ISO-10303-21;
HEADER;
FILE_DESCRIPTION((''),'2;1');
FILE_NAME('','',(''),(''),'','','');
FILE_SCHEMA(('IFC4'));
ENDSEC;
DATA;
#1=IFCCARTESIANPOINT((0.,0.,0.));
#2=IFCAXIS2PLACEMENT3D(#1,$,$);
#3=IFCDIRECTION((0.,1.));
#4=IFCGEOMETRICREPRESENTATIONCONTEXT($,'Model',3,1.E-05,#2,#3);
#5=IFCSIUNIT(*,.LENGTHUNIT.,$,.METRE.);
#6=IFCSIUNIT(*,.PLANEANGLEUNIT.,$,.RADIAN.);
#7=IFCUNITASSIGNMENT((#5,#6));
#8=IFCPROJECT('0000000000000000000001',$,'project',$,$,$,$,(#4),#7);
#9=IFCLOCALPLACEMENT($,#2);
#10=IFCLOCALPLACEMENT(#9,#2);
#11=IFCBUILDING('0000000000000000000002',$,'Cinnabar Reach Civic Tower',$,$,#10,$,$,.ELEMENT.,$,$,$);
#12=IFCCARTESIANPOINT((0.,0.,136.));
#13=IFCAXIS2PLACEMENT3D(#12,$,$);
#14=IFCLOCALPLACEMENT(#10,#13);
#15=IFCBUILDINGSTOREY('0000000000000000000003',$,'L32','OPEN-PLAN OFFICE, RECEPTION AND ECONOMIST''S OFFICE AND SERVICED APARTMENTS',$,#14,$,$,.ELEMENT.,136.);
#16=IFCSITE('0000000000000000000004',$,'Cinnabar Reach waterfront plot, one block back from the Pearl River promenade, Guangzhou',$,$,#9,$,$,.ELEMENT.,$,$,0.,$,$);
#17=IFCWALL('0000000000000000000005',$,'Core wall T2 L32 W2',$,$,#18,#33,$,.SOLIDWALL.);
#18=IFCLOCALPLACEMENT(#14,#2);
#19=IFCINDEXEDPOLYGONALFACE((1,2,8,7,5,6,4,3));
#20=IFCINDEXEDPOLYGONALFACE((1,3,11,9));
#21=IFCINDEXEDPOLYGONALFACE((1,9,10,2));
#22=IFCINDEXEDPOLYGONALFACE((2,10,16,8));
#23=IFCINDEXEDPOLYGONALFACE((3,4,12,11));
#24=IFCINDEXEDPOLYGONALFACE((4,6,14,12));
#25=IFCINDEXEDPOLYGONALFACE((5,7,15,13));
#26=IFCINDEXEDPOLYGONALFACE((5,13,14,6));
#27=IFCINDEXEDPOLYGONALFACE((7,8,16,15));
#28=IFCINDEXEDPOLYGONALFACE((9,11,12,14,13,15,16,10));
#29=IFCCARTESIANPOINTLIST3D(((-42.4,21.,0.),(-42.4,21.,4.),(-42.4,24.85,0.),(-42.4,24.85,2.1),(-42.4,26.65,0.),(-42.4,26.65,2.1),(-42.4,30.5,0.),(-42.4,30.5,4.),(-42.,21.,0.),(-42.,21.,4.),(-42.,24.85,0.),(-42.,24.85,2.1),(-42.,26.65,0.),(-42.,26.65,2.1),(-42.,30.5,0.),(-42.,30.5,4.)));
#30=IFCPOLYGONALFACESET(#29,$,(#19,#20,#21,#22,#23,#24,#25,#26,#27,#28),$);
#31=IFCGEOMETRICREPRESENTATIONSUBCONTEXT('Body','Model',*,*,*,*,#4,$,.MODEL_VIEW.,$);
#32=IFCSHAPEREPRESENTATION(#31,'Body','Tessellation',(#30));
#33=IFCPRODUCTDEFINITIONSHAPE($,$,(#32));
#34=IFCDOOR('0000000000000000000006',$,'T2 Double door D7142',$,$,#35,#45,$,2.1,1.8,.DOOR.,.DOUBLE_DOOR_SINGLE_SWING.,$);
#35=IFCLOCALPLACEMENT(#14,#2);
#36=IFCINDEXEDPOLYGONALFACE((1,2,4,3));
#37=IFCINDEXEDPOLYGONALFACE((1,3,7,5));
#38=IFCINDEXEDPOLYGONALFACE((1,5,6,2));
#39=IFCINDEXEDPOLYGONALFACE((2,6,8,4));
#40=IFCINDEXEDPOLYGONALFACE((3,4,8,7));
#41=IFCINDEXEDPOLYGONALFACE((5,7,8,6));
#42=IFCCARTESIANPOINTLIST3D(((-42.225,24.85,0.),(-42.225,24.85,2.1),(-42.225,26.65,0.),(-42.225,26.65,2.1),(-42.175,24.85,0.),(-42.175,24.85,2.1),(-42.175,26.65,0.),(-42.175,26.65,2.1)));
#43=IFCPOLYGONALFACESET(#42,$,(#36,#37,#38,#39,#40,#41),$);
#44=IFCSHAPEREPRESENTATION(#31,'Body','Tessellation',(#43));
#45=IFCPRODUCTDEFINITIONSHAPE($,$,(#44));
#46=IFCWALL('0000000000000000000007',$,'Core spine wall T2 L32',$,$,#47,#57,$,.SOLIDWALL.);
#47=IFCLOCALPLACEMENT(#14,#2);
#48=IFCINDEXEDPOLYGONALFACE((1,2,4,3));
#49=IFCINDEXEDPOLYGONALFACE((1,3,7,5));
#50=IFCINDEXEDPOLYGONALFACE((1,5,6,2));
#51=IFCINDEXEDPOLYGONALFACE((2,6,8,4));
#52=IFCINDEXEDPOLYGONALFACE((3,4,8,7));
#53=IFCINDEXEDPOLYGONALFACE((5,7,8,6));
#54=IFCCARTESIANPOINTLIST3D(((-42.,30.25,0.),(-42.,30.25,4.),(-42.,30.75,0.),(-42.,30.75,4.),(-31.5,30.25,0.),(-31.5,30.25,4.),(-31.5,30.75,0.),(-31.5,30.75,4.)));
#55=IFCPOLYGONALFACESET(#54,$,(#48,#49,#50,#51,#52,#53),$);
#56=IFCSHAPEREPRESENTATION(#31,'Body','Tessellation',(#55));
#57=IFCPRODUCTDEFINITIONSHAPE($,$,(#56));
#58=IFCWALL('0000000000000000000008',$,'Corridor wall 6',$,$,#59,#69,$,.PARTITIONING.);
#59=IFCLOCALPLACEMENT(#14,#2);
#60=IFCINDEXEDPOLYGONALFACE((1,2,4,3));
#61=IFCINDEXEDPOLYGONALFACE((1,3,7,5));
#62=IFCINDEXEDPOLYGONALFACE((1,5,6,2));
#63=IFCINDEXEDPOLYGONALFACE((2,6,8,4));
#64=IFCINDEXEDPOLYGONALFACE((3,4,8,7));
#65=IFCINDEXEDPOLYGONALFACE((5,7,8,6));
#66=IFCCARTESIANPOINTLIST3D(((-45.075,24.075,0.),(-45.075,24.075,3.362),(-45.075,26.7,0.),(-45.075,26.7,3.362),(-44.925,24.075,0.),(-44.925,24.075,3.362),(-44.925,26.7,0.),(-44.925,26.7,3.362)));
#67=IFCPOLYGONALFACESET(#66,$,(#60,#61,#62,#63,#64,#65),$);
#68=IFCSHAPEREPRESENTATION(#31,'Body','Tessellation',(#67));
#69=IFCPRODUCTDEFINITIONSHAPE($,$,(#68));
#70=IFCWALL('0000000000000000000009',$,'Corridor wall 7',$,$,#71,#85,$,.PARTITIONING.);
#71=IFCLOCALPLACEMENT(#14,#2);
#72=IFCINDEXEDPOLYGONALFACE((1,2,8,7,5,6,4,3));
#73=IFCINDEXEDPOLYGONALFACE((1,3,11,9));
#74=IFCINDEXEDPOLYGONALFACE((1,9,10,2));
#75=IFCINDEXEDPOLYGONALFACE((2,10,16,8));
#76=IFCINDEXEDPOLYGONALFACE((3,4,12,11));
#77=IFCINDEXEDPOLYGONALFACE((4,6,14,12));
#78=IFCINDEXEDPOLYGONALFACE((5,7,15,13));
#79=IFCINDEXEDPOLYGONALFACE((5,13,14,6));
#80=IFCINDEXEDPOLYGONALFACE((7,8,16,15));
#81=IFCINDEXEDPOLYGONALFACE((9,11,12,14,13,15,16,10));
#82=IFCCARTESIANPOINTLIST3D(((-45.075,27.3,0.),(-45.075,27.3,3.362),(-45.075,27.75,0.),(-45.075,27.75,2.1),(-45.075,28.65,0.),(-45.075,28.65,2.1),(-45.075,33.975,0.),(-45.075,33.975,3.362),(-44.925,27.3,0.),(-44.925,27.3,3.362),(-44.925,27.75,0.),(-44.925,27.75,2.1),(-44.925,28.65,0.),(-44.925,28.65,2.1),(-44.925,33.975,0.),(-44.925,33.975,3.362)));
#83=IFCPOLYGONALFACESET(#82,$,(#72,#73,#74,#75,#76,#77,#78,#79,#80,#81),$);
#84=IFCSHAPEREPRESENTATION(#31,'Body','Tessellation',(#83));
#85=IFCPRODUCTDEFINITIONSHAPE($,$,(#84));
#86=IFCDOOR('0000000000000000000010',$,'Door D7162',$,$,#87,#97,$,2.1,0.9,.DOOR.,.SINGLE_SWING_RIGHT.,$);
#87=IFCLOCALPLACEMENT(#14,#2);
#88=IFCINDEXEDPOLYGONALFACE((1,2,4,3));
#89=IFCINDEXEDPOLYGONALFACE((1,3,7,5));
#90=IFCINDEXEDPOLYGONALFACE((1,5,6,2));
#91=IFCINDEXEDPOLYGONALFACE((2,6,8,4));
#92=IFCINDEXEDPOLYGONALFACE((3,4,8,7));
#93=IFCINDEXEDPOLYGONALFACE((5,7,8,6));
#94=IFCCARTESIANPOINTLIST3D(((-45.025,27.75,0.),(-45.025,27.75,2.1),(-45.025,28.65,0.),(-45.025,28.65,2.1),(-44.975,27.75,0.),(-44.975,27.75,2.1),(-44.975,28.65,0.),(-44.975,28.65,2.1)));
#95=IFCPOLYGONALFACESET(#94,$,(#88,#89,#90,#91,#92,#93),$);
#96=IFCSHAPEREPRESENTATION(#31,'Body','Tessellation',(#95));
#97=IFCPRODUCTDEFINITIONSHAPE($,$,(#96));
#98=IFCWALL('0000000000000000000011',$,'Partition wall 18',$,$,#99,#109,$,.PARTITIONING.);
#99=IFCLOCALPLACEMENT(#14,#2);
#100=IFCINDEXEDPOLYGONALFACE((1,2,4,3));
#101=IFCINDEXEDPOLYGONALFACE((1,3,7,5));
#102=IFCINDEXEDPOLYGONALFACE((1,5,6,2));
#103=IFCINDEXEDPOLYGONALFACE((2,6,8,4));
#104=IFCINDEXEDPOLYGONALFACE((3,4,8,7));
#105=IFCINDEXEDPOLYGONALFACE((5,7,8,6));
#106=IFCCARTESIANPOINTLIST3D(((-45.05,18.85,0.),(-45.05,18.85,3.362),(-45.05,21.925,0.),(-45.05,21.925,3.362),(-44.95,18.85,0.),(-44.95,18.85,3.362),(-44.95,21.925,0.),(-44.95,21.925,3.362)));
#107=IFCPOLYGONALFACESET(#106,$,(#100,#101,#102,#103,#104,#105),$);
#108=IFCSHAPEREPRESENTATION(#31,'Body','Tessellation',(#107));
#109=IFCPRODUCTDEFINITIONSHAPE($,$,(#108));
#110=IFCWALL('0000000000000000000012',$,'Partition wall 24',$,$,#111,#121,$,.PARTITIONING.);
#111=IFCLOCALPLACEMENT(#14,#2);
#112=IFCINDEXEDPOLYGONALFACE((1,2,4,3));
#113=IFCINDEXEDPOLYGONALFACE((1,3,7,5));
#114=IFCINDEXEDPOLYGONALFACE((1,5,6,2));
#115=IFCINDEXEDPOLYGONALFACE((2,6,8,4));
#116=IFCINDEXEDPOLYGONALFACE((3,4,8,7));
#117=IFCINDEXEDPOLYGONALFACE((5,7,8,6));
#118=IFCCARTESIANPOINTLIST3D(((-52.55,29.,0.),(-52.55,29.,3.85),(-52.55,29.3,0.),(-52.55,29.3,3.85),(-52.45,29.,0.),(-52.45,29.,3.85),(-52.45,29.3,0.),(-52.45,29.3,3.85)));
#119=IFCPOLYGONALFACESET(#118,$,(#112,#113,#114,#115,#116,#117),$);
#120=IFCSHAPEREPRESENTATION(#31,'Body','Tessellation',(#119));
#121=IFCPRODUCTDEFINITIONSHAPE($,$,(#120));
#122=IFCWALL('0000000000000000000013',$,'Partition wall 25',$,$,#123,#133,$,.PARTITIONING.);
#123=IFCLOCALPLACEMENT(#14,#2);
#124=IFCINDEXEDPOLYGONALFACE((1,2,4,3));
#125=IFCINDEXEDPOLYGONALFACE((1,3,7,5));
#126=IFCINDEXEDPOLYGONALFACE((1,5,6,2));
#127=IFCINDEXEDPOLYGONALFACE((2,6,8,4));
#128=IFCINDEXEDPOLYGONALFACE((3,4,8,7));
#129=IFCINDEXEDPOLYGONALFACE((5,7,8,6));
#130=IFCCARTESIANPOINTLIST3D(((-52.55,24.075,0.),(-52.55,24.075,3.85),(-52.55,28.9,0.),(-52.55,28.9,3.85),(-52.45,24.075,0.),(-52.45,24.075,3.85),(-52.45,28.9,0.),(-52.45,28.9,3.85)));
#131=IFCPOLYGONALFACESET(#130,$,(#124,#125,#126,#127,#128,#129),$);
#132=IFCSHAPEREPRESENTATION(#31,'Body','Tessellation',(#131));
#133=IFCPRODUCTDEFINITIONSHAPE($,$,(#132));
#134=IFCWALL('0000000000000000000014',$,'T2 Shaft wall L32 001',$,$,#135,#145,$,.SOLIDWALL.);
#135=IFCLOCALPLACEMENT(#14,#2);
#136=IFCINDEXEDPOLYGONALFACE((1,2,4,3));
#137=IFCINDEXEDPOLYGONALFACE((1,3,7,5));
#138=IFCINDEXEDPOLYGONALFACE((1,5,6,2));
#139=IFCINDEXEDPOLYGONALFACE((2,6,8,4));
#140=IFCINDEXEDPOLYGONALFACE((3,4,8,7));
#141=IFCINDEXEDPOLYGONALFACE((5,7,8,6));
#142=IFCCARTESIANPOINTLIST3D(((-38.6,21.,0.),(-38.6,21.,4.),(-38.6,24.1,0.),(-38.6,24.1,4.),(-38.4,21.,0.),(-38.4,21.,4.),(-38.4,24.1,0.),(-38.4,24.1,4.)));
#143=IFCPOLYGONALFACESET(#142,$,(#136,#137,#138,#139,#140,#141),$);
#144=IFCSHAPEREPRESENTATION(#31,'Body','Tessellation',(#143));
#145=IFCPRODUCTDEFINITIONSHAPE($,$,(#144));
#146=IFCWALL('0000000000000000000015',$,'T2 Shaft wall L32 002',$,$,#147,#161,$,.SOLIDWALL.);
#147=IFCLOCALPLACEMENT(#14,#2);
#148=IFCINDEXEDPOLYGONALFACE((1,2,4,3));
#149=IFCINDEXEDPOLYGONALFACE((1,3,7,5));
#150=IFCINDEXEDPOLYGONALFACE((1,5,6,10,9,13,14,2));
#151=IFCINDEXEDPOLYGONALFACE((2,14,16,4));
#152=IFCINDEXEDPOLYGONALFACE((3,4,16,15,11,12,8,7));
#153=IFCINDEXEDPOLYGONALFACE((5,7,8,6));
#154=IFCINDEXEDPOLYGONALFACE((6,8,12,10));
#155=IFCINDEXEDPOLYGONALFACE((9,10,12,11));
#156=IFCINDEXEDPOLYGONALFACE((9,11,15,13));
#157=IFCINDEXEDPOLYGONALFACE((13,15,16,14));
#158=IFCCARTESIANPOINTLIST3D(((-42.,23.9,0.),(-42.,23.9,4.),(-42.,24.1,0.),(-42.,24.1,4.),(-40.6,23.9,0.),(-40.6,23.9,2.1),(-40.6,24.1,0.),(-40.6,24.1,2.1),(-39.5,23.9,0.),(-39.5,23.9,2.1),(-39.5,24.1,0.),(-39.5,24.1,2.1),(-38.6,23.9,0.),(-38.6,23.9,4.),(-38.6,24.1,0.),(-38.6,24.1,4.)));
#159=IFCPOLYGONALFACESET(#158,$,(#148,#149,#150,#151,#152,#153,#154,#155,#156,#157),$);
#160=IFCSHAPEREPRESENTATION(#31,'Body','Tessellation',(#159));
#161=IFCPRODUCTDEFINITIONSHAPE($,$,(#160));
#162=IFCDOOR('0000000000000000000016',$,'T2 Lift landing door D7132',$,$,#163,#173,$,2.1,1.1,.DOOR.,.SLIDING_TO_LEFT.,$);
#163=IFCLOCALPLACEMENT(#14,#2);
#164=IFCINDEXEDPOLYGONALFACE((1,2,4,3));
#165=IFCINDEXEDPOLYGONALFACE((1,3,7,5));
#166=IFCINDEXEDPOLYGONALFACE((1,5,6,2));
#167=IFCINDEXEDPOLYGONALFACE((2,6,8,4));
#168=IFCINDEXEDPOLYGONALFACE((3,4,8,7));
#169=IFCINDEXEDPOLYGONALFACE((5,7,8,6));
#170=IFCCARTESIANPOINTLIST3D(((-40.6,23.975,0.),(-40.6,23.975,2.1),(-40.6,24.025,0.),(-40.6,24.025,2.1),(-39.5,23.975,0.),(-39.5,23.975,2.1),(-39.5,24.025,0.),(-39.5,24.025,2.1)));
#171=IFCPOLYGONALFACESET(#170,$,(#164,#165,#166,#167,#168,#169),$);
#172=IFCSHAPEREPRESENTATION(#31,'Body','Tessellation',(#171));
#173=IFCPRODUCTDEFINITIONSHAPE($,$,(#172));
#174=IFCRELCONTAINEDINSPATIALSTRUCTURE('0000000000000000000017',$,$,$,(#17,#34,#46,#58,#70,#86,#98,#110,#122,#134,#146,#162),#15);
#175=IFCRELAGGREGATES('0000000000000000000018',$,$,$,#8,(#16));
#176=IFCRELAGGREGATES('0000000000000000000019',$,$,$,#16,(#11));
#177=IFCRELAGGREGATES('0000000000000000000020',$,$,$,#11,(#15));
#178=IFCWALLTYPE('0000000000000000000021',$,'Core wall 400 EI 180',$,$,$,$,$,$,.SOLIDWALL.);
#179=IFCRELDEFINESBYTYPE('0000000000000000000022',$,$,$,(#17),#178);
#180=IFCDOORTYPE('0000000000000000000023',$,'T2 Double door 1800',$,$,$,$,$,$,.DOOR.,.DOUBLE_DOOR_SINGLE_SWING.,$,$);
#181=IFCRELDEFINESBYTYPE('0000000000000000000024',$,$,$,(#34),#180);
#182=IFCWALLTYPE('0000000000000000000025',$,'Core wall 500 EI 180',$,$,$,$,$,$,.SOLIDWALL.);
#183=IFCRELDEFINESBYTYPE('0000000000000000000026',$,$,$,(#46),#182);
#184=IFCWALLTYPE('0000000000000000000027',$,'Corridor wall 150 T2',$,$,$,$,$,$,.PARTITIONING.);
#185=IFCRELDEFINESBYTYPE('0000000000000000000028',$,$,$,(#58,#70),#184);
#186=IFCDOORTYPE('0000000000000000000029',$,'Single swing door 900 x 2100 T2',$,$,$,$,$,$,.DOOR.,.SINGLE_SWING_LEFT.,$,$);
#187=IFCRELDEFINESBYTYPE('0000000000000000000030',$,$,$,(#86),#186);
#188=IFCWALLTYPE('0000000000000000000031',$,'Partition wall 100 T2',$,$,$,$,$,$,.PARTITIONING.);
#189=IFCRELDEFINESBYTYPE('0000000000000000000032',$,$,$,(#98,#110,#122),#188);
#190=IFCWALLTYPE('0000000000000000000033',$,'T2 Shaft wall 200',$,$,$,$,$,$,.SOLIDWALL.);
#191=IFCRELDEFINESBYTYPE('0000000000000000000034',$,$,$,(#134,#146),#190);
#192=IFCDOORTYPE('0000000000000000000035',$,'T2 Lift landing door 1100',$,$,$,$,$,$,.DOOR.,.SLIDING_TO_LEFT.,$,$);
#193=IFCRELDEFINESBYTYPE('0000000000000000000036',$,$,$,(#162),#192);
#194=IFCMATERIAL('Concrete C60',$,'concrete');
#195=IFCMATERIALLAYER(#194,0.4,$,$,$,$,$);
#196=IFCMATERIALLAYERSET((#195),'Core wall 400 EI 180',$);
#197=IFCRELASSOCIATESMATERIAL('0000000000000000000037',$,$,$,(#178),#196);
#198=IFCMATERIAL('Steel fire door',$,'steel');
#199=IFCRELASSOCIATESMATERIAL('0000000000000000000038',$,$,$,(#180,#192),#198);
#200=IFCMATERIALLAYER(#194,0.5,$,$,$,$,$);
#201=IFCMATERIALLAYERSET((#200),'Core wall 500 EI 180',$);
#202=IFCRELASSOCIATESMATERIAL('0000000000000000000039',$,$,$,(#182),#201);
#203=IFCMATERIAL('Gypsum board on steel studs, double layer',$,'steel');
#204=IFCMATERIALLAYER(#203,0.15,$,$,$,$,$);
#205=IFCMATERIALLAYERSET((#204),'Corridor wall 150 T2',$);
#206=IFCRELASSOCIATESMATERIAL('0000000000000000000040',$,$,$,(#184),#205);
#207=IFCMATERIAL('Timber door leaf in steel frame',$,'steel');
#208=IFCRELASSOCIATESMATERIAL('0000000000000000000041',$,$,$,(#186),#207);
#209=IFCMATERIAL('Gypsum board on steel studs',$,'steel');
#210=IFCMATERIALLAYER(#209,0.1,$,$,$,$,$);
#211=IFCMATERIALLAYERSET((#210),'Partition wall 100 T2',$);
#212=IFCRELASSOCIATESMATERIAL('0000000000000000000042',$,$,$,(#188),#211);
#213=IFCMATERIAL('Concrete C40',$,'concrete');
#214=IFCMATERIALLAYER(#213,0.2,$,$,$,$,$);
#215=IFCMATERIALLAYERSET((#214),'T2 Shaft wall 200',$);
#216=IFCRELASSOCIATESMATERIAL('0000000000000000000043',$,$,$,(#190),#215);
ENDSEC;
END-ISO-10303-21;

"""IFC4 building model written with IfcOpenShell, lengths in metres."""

from ifc_helpers import new_model, si_unit, direction, frame, frame_2d, origin, place, context, subcontext, project, spatial, rectangle, extrude, material, layer, layer_set, type_object, element, fill, save


model = new_model("IFC4")

# Units and contexts
model_context = context("Model", 3, precision=1e-05, world=origin(), true_north=direction((0.0, 1.0)))
body_context = subcontext(model_context, "Body", "Model", "MODEL_VIEW")
ifc_project = project(units=[si_unit("LENGTHUNIT", "METRE"), si_unit("PLANEANGLEUNIT", "RADIAN")], contexts=[model_context])

# Site, building, storey
site_placement = place(None, origin())
site = spatial("IfcSite", under=ifc_project, at=site_placement, Name="Cinnabar Reach waterfront plot, one block back from the Pearl River promenade, Guangzhou", CompositionType="ELEMENT", RefElevation=0.0)
building_placement = place(site_placement, origin())
building = spatial("IfcBuilding", under=site, at=building_placement, Name="Cinnabar Reach Civic Tower", CompositionType="ELEMENT")
storey_placement = place(building_placement, frame((0.0, 0.0, 136.0)))
storey = spatial("IfcBuildingStorey", under=building, at=storey_placement, Name="L32", Description="OPEN-PLAN OFFICE, RECEPTION AND ECONOMIST'S OFFICE AND SERVICED APARTMENTS", CompositionType="ELEMENT", Elevation=136.0)

# Shared definitions
ifc_material_1 = material(Name="Concrete C60", Category="concrete")

# Shared definitions
ifc_layer_1 = layer(ifc_material_1, 0.4)
ifc_layer_set_1 = layer_set([ifc_layer_1], Name="Core wall 400 EI 180")
wall_type_1 = type_object("IfcWallType", Name="Core wall 400 EI 180", PredefinedType="SOLIDWALL", material=ifc_layer_set_1)

# Wall, opening, door
wall_1_placement = place(storey_placement, frame((-42.2, 30.5, 0.0), z_axis=(0.0, 0.0, 1.0), x_axis=(0.0, -1.0, 0.0)))
wall_1 = element("IfcWall", 1, at=wall_1_placement, inside=storey, type_object=wall_type_1, Name="Core wall T2 L32 W2", PredefinedType="SOLIDWALL", context=body_context, shape_type="SweptSolid", body=[
    extrude(rectangle(XDim=9.5, YDim=0.4, at=frame_2d((4.75, 0.0))), origin(), (0.0, 0.0, 1.0), 4.0),
])
opening_1_placement = place(wall_1_placement, frame((3.85, 0.0, 0.0)))
opening_1 = element("IfcOpeningElement", 2, at=opening_1_placement, cuts=wall_1, PredefinedType="OPENING", context=body_context, shape_type="SweptSolid", body=[
    extrude(rectangle(XDim=1.8, YDim=2.1, at=frame_2d((0.9, 1.05))), frame((0.0, 0.21, 0.0), z_axis=(0.0, -1.0, 0.0), x_axis=(1.0, 0.0, 0.0)), (0.0, 0.0, 1.0), 0.42),
])
ifc_material_2 = material(Name="Steel fire door", Category="steel")
door_type_1 = type_object("IfcDoorType", Name="T2 Double door 1800", OperationType="DOUBLE_DOOR_SINGLE_SWING", PredefinedType="DOOR", material=ifc_material_2)
door_1_placement = place(opening_1_placement, origin())
door_1 = element("IfcDoor", 3, at=door_1_placement, inside=storey, type_object=door_type_1, Name="T2 Double door D7142", OperationType="DOUBLE_DOOR_SINGLE_SWING", OverallHeight=2.1, OverallWidth=1.8, PredefinedType="DOOR", context=body_context, shape_type="SweptSolid", body=[
    extrude(rectangle(XDim=1.8, YDim=2.1, at=frame_2d((0.9, 1.05))), frame((0.0, 0.025, 0.0), z_axis=(0.0, -1.0, 0.0), x_axis=(1.0, 0.0, 0.0)), (0.0, 0.0, 1.0), 0.05),
])
fill(opening_1, door_1)

# Walls
ifc_layer_2 = layer(ifc_material_1, 0.5)
ifc_layer_set_2 = layer_set([ifc_layer_2], Name="Core wall 500 EI 180")
wall_type_2 = type_object("IfcWallType", Name="Core wall 500 EI 180", PredefinedType="SOLIDWALL", material=ifc_layer_set_2)
wall_2_placement = place(storey_placement, frame((-42.0, 30.5, 0.0), z_axis=(0.0, 0.0, 1.0), x_axis=(1.0, 0.0, 0.0)))
element("IfcWall", 4, at=wall_2_placement, inside=storey, type_object=wall_type_2, Name="Core spine wall T2 L32", PredefinedType="SOLIDWALL", context=body_context, shape_type="SweptSolid", body=[
    extrude(rectangle(XDim=10.5, YDim=0.5, at=frame_2d((5.25, 0.0))), origin(), (0.0, 0.0, 1.0), 4.0),
])
ifc_material_3 = material(Name="Gypsum board on steel studs, double layer", Category="steel")
ifc_layer_3 = layer(ifc_material_3, 0.15)
ifc_layer_set_3 = layer_set([ifc_layer_3], Name="Corridor wall 150 T2")
wall_type_3 = type_object("IfcWallType", Name="Corridor wall 150 T2", PredefinedType="PARTITIONING", material=ifc_layer_set_3)
wall_3_placement = place(storey_placement, frame((-45.0, 24.075, 0.0), z_axis=(0.0, 0.0, 1.0), x_axis=(0.0, 1.0, 0.0)))
element("IfcWall", 5, at=wall_3_placement, inside=storey, type_object=wall_type_3, Name="Corridor wall 6", PredefinedType="PARTITIONING", context=body_context, shape_type="SweptSolid", body=[
    extrude(rectangle(XDim=2.625, YDim=0.15, at=frame_2d((1.3125, 0.0))), origin(), (0.0, 0.0, 1.0), 3.362),
])

# Wall, opening, door
wall_4_placement = place(storey_placement, frame((-45.0, 27.3, 0.0), z_axis=(0.0, 0.0, 1.0), x_axis=(0.0, 1.0, 0.0)))
wall_4 = element("IfcWall", 6, at=wall_4_placement, inside=storey, type_object=wall_type_3, Name="Corridor wall 7", PredefinedType="PARTITIONING", context=body_context, shape_type="SweptSolid", body=[
    extrude(rectangle(XDim=6.675, YDim=0.15, at=frame_2d((3.3375, 0.0))), origin(), (0.0, 0.0, 1.0), 3.362),
])
opening_2_placement = place(wall_4_placement, frame((0.45, 0.0, 0.0)))
opening_2 = element("IfcOpeningElement", 7, at=opening_2_placement, cuts=wall_4, PredefinedType="OPENING", context=body_context, shape_type="SweptSolid", body=[
    extrude(rectangle(XDim=0.9, YDim=2.1, at=frame_2d((0.45, 1.05))), frame((0.0, 0.085, 0.0), z_axis=(0.0, -1.0, 0.0), x_axis=(1.0, 0.0, 0.0)), (0.0, 0.0, 1.0), 0.17),
])
ifc_material_4 = material(Name="Timber door leaf in steel frame", Category="steel")
door_type_2 = type_object("IfcDoorType", Name="Single swing door 900 x 2100 T2", OperationType="SINGLE_SWING_LEFT", PredefinedType="DOOR", material=ifc_material_4)
door_2_placement = place(opening_2_placement, origin())
door_2 = element("IfcDoor", 8, at=door_2_placement, inside=storey, type_object=door_type_2, Name="Door D7162", OperationType="SINGLE_SWING_RIGHT", OverallHeight=2.1, OverallWidth=0.9, PredefinedType="DOOR", context=body_context, shape_type="SweptSolid", body=[
    extrude(rectangle(XDim=0.9, YDim=2.1, at=frame_2d((0.45, 1.05))), frame((0.0, 0.025, 0.0), z_axis=(0.0, -1.0, 0.0), x_axis=(1.0, 0.0, 0.0)), (0.0, 0.0, 1.0), 0.05),
])
fill(opening_2, door_2)

# Walls
ifc_material_5 = material(Name="Gypsum board on steel studs", Category="steel")
ifc_layer_4 = layer(ifc_material_5, 0.1)
ifc_layer_set_4 = layer_set([ifc_layer_4], Name="Partition wall 100 T2")
wall_type_4 = type_object("IfcWallType", Name="Partition wall 100 T2", PredefinedType="PARTITIONING", material=ifc_layer_set_4)
wall_5_placement = place(storey_placement, frame((-45.0, 18.85, 0.0), z_axis=(0.0, 0.0, 1.0), x_axis=(0.0, 1.0, 0.0)))
element("IfcWall", 9, at=wall_5_placement, inside=storey, type_object=wall_type_4, Name="Partition wall 18", PredefinedType="PARTITIONING", context=body_context, shape_type="SweptSolid", body=[
    extrude(rectangle(XDim=3.075, YDim=0.1, at=frame_2d((1.5375, 0.0))), origin(), (0.0, 0.0, 1.0), 3.362),
])
wall_6_placement = place(storey_placement, frame((-52.5, 29.0, 0.0), z_axis=(0.0, 0.0, 1.0), x_axis=(0.0, 1.0, 0.0)))
element("IfcWall", 10, at=wall_6_placement, inside=storey, type_object=wall_type_4, Name="Partition wall 24", PredefinedType="PARTITIONING", context=body_context, shape_type="SweptSolid", body=[
    extrude(rectangle(XDim=0.3, YDim=0.1, at=frame_2d((0.15, 0.0))), origin(), (0.0, 0.0, 1.0), 3.85),
])
wall_7_placement = place(storey_placement, frame((-52.5, 24.075, 0.0), z_axis=(0.0, 0.0, 1.0), x_axis=(0.0, 1.0, 0.0)))
element("IfcWall", 11, at=wall_7_placement, inside=storey, type_object=wall_type_4, Name="Partition wall 25", PredefinedType="PARTITIONING", context=body_context, shape_type="SweptSolid", body=[
    extrude(rectangle(XDim=4.825, YDim=0.1, at=frame_2d((2.4125, 0.0))), origin(), (0.0, 0.0, 1.0), 3.85),
])
ifc_material_6 = material(Name="Concrete C40", Category="concrete")
ifc_layer_5 = layer(ifc_material_6, 0.2)
ifc_layer_set_5 = layer_set([ifc_layer_5], Name="T2 Shaft wall 200")
wall_type_5 = type_object("IfcWallType", Name="T2 Shaft wall 200", PredefinedType="SOLIDWALL", material=ifc_layer_set_5)
wall_8_placement = place(storey_placement, frame((-38.5, 21.0, 0.0), z_axis=(0.0, 0.0, 1.0), x_axis=(0.0, 1.0, 0.0)))
element("IfcWall", 12, at=wall_8_placement, inside=storey, type_object=wall_type_5, Name="T2 Shaft wall L32 001", PredefinedType="SOLIDWALL", context=body_context, shape_type="SweptSolid", body=[
    extrude(rectangle(XDim=3.1, YDim=0.2, at=frame_2d((1.55, 0.0))), origin(), (0.0, 0.0, 1.0), 4.0),
])

# Wall, opening, door
wall_9_placement = place(storey_placement, frame((-38.6, 24.0, 0.0), z_axis=(0.0, 0.0, 1.0), x_axis=(-1.0, 0.0, 0.0)))
wall_9 = element("IfcWall", 13, at=wall_9_placement, inside=storey, type_object=wall_type_5, Name="T2 Shaft wall L32 002", PredefinedType="SOLIDWALL", context=body_context, shape_type="SweptSolid", body=[
    extrude(rectangle(XDim=3.4, YDim=0.2, at=frame_2d((1.7, 0.0))), origin(), (0.0, 0.0, 1.0), 4.0),
])
opening_3_placement = place(wall_9_placement, frame((0.9, 0.0, 0.0)))
opening_3 = element("IfcOpeningElement", 14, at=opening_3_placement, cuts=wall_9, PredefinedType="OPENING", context=body_context, shape_type="SweptSolid", body=[
    extrude(rectangle(XDim=1.1, YDim=2.1, at=frame_2d((0.55, 1.05))), frame((0.0, 0.11, 0.0), z_axis=(0.0, -1.0, 0.0), x_axis=(1.0, 0.0, 0.0)), (0.0, 0.0, 1.0), 0.22),
])
door_type_3 = type_object("IfcDoorType", Name="T2 Lift landing door 1100", OperationType="SLIDING_TO_LEFT", PredefinedType="DOOR", material=ifc_material_2)
door_3_placement = place(opening_3_placement, origin())
door_3 = element("IfcDoor", 15, at=door_3_placement, inside=storey, type_object=door_type_3, Name="T2 Lift landing door D7132", OperationType="SLIDING_TO_LEFT", OverallHeight=2.1, OverallWidth=1.1, PredefinedType="DOOR", context=body_context, shape_type="SweptSolid", body=[
    extrude(rectangle(XDim=1.1, YDim=2.1, at=frame_2d((0.55, 1.05))), frame((0.0, 0.025, 0.0), z_axis=(0.0, -1.0, 0.0), x_axis=(1.0, 0.0, 0.0)), (0.0, 0.0, 1.0), 0.05),
])
fill(opening_3, door_3)

save(model, "model.ifc")
